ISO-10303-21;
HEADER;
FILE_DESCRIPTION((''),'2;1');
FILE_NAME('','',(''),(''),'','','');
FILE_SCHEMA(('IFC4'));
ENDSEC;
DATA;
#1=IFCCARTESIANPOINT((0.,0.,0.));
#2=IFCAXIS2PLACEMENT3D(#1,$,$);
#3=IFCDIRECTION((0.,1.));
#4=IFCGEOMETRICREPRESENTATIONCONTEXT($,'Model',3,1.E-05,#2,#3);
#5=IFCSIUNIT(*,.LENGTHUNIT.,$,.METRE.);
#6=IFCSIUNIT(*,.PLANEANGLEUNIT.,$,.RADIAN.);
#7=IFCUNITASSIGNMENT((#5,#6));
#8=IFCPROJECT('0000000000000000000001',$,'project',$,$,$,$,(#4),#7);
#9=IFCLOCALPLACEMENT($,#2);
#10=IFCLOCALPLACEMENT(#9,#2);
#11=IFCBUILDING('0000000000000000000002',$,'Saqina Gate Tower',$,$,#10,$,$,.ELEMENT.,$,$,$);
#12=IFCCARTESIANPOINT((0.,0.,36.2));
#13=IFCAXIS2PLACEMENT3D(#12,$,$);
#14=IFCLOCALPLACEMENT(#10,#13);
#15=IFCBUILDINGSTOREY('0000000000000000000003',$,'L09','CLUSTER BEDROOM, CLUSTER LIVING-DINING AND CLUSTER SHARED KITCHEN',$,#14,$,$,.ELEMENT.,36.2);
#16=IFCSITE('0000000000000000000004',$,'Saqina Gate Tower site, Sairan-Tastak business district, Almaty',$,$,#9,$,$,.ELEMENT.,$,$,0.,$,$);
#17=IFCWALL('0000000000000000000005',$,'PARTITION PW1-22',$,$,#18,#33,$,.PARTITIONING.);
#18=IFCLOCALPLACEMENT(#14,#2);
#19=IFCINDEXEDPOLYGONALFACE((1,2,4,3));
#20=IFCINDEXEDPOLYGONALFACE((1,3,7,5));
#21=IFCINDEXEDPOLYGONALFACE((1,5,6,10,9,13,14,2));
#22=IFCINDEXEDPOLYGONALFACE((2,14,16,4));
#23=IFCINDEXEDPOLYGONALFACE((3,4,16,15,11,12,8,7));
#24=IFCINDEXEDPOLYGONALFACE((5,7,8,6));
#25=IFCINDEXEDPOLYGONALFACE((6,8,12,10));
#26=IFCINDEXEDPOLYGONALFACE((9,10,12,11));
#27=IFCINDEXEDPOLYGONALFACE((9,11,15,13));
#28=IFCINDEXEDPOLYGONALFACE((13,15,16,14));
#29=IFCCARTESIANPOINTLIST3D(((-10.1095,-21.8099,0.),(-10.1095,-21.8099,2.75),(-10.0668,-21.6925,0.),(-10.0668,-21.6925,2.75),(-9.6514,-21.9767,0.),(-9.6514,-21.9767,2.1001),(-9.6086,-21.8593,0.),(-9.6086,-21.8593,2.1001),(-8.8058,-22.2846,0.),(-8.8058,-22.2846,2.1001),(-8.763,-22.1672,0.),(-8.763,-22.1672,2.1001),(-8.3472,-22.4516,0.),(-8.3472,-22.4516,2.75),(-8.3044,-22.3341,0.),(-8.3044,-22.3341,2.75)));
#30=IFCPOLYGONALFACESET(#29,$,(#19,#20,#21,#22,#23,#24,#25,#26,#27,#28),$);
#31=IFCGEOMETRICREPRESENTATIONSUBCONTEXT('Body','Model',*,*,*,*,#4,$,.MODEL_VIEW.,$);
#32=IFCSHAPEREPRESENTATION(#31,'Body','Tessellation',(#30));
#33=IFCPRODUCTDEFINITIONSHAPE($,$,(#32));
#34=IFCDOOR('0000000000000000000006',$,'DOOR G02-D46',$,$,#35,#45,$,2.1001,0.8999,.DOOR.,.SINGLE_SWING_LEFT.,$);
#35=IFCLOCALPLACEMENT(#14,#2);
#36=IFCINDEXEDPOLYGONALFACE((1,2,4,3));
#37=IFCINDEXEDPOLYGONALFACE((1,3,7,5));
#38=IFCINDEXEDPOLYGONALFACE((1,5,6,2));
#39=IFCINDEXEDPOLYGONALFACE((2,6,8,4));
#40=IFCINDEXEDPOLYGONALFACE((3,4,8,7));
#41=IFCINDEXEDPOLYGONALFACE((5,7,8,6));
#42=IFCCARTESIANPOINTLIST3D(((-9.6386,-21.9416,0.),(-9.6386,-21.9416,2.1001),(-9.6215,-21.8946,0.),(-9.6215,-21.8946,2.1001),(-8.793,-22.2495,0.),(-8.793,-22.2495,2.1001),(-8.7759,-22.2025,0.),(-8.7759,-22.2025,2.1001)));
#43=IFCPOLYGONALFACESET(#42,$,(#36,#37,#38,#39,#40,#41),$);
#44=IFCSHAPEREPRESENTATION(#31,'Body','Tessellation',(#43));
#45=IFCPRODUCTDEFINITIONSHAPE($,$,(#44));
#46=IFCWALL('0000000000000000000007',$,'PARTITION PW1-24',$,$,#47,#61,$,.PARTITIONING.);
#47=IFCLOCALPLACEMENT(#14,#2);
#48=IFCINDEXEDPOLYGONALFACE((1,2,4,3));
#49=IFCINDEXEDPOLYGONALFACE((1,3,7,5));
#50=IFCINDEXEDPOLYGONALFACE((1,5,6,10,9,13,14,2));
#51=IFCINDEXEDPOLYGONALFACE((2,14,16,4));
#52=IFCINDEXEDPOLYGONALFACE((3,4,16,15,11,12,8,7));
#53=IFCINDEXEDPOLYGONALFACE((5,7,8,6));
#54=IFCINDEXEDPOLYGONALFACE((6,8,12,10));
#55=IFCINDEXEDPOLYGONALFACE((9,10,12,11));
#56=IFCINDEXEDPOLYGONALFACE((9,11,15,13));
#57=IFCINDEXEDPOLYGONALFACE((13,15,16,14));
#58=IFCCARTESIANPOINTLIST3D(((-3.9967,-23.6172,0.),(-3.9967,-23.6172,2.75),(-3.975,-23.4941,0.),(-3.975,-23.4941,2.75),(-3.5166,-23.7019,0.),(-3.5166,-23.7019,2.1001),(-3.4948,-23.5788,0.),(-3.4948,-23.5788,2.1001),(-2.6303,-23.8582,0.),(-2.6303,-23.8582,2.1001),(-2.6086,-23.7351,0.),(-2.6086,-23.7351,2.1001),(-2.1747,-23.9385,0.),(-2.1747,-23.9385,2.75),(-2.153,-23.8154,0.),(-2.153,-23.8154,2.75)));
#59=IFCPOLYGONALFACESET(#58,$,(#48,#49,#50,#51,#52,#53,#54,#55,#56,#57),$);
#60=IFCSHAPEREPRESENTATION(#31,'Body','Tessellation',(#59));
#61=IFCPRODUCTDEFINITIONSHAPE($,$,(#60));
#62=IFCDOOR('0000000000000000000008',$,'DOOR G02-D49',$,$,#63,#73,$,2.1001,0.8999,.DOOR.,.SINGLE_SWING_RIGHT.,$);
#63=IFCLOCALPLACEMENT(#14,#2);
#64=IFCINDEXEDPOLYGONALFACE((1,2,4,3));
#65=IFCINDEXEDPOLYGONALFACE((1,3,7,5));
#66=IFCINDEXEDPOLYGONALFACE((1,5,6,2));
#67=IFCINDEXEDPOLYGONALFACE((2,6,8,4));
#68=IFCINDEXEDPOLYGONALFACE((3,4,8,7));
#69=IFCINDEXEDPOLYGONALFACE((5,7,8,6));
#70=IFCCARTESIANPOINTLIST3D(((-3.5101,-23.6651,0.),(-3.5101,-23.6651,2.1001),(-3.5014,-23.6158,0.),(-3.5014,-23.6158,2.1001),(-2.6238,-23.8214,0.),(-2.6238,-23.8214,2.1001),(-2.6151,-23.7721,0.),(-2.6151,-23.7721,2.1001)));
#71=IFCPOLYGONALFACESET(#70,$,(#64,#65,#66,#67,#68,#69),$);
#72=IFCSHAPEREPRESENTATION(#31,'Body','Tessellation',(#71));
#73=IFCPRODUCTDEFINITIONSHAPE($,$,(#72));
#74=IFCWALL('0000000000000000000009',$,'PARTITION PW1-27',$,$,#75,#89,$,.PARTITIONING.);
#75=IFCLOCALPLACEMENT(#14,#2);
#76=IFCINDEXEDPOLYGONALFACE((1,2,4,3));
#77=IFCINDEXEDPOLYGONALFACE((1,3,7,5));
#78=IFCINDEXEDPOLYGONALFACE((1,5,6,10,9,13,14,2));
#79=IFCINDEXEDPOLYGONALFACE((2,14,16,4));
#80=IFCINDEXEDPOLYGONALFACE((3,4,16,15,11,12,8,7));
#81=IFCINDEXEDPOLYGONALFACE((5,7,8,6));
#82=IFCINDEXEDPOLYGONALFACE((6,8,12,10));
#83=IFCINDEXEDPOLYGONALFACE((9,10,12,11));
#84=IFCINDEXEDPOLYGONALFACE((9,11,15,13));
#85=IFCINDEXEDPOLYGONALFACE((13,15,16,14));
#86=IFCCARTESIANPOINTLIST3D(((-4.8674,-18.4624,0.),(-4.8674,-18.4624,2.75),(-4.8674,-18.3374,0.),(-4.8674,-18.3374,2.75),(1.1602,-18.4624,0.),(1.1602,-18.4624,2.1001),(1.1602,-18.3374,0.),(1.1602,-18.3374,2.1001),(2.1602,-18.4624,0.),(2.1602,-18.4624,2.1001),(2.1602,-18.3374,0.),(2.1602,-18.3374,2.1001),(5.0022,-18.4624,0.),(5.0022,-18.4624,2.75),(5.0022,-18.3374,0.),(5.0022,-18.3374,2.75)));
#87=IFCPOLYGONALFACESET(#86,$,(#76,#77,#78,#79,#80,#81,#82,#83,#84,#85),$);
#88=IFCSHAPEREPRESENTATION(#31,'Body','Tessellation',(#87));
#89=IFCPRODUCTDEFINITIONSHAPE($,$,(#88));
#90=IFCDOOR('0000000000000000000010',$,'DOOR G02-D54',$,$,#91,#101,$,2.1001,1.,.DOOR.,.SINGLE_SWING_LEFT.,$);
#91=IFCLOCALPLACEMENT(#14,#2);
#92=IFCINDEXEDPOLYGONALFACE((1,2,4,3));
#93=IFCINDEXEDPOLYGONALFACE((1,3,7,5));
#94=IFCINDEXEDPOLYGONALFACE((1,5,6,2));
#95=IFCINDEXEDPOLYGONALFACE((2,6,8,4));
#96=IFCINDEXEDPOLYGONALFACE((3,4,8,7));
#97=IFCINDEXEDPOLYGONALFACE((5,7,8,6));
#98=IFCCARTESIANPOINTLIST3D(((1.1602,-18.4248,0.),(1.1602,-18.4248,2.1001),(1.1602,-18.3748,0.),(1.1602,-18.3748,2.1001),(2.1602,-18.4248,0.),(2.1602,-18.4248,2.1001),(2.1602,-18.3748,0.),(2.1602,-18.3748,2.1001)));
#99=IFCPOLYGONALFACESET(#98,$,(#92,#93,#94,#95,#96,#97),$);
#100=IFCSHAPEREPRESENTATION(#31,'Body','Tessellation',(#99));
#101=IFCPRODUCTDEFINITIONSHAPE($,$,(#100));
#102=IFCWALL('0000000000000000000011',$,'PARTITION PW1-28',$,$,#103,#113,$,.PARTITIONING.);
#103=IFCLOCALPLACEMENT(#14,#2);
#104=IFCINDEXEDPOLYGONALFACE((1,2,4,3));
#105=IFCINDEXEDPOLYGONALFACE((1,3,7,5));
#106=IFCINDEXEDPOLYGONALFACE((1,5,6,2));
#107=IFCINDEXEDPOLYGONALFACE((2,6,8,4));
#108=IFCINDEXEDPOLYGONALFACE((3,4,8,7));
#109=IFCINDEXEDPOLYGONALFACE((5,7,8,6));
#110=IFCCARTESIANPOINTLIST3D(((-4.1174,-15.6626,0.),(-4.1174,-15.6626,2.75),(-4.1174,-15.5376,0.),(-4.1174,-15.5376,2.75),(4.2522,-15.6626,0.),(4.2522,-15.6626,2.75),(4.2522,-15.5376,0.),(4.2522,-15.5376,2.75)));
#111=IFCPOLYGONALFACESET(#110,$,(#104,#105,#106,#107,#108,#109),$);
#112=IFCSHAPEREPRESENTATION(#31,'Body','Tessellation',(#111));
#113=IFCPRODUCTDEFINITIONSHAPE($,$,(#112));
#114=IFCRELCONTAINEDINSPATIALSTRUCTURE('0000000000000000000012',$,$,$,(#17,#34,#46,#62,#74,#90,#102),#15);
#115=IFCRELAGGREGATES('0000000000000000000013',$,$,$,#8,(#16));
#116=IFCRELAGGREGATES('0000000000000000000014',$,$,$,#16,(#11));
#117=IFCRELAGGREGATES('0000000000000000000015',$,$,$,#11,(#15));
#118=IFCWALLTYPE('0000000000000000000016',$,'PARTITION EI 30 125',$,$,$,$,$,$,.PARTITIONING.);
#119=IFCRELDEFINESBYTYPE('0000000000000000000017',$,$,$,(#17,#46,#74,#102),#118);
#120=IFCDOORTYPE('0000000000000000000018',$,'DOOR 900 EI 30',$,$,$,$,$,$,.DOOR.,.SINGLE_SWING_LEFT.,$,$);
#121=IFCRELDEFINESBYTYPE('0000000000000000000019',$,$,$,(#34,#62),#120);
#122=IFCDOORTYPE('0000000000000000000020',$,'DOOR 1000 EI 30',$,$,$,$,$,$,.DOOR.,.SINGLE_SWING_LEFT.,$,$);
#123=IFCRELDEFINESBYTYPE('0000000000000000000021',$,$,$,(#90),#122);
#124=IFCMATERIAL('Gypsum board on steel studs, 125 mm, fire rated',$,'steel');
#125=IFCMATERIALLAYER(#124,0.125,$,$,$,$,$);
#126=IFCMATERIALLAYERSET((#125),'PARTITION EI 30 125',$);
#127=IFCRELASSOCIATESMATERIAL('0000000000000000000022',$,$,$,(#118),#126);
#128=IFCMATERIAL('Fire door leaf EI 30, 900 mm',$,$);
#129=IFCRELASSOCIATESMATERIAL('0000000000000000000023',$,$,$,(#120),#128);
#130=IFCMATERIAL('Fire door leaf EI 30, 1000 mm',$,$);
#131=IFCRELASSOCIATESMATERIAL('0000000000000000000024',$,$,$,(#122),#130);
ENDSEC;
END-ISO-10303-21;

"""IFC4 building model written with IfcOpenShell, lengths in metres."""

from ifc_helpers import new_model, si_unit, direction, frame, frame_2d, origin, place, context, subcontext, project, spatial, rectangle, extrude, material, layer, layer_set, type_object, element, fill, save


model = new_model("IFC4")

# Units and contexts
model_context = context("Model", 3, precision=1e-05, world=origin(), true_north=direction((0.0, 1.0)))
body_context = subcontext(model_context, "Body", "Model", "MODEL_VIEW")
ifc_project = project(units=[si_unit("LENGTHUNIT", "METRE"), si_unit("PLANEANGLEUNIT", "RADIAN")], contexts=[model_context])

# Site, building, storey
site_placement = place(None, origin())
site = spatial("IfcSite", under=ifc_project, at=site_placement, Name="Saqina Gate Tower site, Sairan-Tastak business district, Almaty", CompositionType="ELEMENT", RefElevation=0.0)
building_placement = place(site_placement, origin())
building = spatial("IfcBuilding", under=site, at=building_placement, Name="Saqina Gate Tower", CompositionType="ELEMENT")
storey_placement = place(building_placement, frame((0.0, 0.0, 36.2)))
storey = spatial("IfcBuildingStorey", under=building, at=storey_placement, Name="L09", Description="CLUSTER BEDROOM, CLUSTER LIVING-DINING AND CLUSTER SHARED KITCHEN", CompositionType="ELEMENT", Elevation=36.2)

# Walls, openings, doors
ifc_material_1 = material(Name="Gypsum board on steel studs, 125 mm, fire rated", Category="steel")
ifc_layer_1 = layer(ifc_material_1, 0.125)
ifc_layer_set_1 = layer_set([ifc_layer_1], Name="PARTITION EI 30 125")
wall_type_1 = type_object("IfcWallType", Name="PARTITION EI 30 125", PredefinedType="PARTITIONING", material=ifc_layer_set_1)
ifc_material_2 = material(Name="Fire door leaf EI 30, 900 mm")
door_type_1 = type_object("IfcDoorType", Name="DOOR 900 EI 30", OperationType="SINGLE_SWING_LEFT", PredefinedType="DOOR", material=ifc_material_2)
wall_1_placement = place(storey_placement, frame((-10.0881, -21.7512, 0.0), z_axis=(0.0, 0.0, 1.0), x_axis=(0.939657, -0.342119, 0.0)))
wall_1 = element("IfcWall", 1, at=wall_1_placement, inside=storey, type_object=wall_type_1, Name="PARTITION PW1-22", PredefinedType="PARTITIONING", context=body_context, shape_type="SweptSolid", body=[
    extrude(rectangle(XDim=1.8755, YDim=0.125, at=frame_2d((0.9377, 0.0))), origin(), (0.0, 0.0, 1.0), 2.75),
])
opening_1_placement = place(wall_1_placement, frame((0.4875, 0.0, 0.0)))
opening_1 = element("IfcOpeningElement", 2, at=opening_1_placement, cuts=wall_1, PredefinedType="OPENING", context=body_context, shape_type="SweptSolid", body=[
    extrude(rectangle(XDim=0.8999, YDim=2.1001, at=frame_2d((0.45, 1.05))), frame((0.0, 0.0745, 0.0), z_axis=(0.0, -1.0, 0.0), x_axis=(1.0, 0.0, 0.0)), (0.0, 0.0, 1.0), 0.1489),
])
door_1_placement = place(opening_1_placement, origin())
door_1 = element("IfcDoor", 3, at=door_1_placement, inside=storey, type_object=door_type_1, Name="DOOR G02-D46", OperationType="SINGLE_SWING_LEFT", OverallHeight=2.1001, OverallWidth=0.8999, PredefinedType="DOOR", context=body_context, shape_type="SweptSolid", body=[
    extrude(rectangle(XDim=0.8999, YDim=2.1001, at=frame_2d((0.45, 1.05))), frame((0.0, 0.0249, 0.0), z_axis=(0.0, -1.0, 0.0), x_axis=(1.0, 0.0, 0.0)), (0.0, 0.0, 1.0), 0.05),
])
fill(opening_1, door_1)
wall_2_placement = place(storey_placement, frame((-3.9858, -23.5557, 0.0), z_axis=(0.0, 0.0, 1.0), x_axis=(0.984806, -0.173657, 0.0)))
wall_2 = element("IfcWall", 4, at=wall_2_placement, inside=storey, type_object=wall_type_1, Name="PARTITION PW1-24", PredefinedType="PARTITIONING", context=body_context, shape_type="SweptSolid", body=[
    extrude(rectangle(XDim=1.8501, YDim=0.125, at=frame_2d((0.925, 0.0))), origin(), (0.0, 0.0, 1.0), 2.75),
])
opening_2_placement = place(wall_2_placement, frame((0.4875, 0.0, 0.0)))
opening_2 = element("IfcOpeningElement", 5, at=opening_2_placement, cuts=wall_2, PredefinedType="OPENING", context=body_context, shape_type="SweptSolid", body=[
    extrude(rectangle(XDim=0.8999, YDim=2.1001, at=frame_2d((0.45, 1.05))), frame((0.0, 0.0745, 0.0), z_axis=(0.0, -1.0, 0.0), x_axis=(1.0, 0.0, 0.0)), (0.0, 0.0, 1.0), 0.1489),
])
door_2_placement = place(opening_2_placement, origin())
door_2 = element("IfcDoor", 6, at=door_2_placement, inside=storey, type_object=door_type_1, Name="DOOR G02-D49", OperationType="SINGLE_SWING_RIGHT", OverallHeight=2.1001, OverallWidth=0.8999, PredefinedType="DOOR", context=body_context, shape_type="SweptSolid", body=[
    extrude(rectangle(XDim=0.8999, YDim=2.1001, at=frame_2d((0.45, 1.05))), frame((0.0, 0.0249, 0.0), z_axis=(0.0, -1.0, 0.0), x_axis=(1.0, 0.0, 0.0)), (0.0, 0.0, 1.0), 0.05),
])
fill(opening_2, door_2)
wall_3_placement = place(storey_placement, frame((-4.8674, -18.3999, 0.0), z_axis=(0.0, 0.0, 1.0), x_axis=(1.0, 0.0, 0.0)))
wall_3 = element("IfcWall", 7, at=wall_3_placement, inside=storey, type_object=wall_type_1, Name="PARTITION PW1-27", PredefinedType="PARTITIONING", context=body_context, shape_type="SweptSolid", body=[
    extrude(rectangle(XDim=9.8696, YDim=0.125, at=frame_2d((4.9348, 0.0))), origin(), (0.0, 0.0, 1.0), 2.75),
])
opening_3_placement = place(wall_3_placement, frame((6.0276, 0.0, 0.0)))
opening_3 = element("IfcOpeningElement", 8, at=opening_3_placement, cuts=wall_3, PredefinedType="OPENING", context=body_context, shape_type="SweptSolid", body=[
    extrude(rectangle(XDim=1.0, YDim=2.1001, at=frame_2d((0.5, 1.05))), frame((0.0, 0.0745, 0.0), z_axis=(0.0, -1.0, 0.0), x_axis=(1.0, 0.0, 0.0)), (0.0, 0.0, 1.0), 0.1489),
])
ifc_material_3 = material(Name="Fire door leaf EI 30, 1000 mm")
door_type_2 = type_object("IfcDoorType", Name="DOOR 1000 EI 30", OperationType="SINGLE_SWING_LEFT", PredefinedType="DOOR", material=ifc_material_3)
door_3_placement = place(opening_3_placement, frame((1.0, 0.0, 0.0), z_axis=(0.0, 0.0, 1.0), x_axis=(-1.0, 0.0, 0.0)))
door_3 = element("IfcDoor", 9, at=door_3_placement, inside=storey, type_object=door_type_2, Name="DOOR G02-D54", OperationType="SINGLE_SWING_LEFT", OverallHeight=2.1001, OverallWidth=1.0, PredefinedType="DOOR", context=body_context, shape_type="SweptSolid", body=[
    extrude(rectangle(XDim=1.0, YDim=2.1001, at=frame_2d((0.5, 1.05))), frame((0.0, 0.0249, 0.0), z_axis=(0.0, -1.0, 0.0), x_axis=(1.0, 0.0, 0.0)), (0.0, 0.0, 1.0), 0.05),
])
fill(opening_3, door_3)

# Wall
wall_4_placement = place(storey_placement, frame((-4.1174, -15.6001, 0.0), z_axis=(0.0, 0.0, 1.0), x_axis=(1.0, 0.0, 0.0)))
element("IfcWall", 10, at=wall_4_placement, inside=storey, type_object=wall_type_1, Name="PARTITION PW1-28", PredefinedType="PARTITIONING", context=body_context, shape_type="SweptSolid", body=[
    extrude(rectangle(XDim=8.3696, YDim=0.125, at=frame_2d((4.1848, 0.0))), origin(), (0.0, 0.0, 1.0), 2.75),
])

save(model, "model.ifc")
